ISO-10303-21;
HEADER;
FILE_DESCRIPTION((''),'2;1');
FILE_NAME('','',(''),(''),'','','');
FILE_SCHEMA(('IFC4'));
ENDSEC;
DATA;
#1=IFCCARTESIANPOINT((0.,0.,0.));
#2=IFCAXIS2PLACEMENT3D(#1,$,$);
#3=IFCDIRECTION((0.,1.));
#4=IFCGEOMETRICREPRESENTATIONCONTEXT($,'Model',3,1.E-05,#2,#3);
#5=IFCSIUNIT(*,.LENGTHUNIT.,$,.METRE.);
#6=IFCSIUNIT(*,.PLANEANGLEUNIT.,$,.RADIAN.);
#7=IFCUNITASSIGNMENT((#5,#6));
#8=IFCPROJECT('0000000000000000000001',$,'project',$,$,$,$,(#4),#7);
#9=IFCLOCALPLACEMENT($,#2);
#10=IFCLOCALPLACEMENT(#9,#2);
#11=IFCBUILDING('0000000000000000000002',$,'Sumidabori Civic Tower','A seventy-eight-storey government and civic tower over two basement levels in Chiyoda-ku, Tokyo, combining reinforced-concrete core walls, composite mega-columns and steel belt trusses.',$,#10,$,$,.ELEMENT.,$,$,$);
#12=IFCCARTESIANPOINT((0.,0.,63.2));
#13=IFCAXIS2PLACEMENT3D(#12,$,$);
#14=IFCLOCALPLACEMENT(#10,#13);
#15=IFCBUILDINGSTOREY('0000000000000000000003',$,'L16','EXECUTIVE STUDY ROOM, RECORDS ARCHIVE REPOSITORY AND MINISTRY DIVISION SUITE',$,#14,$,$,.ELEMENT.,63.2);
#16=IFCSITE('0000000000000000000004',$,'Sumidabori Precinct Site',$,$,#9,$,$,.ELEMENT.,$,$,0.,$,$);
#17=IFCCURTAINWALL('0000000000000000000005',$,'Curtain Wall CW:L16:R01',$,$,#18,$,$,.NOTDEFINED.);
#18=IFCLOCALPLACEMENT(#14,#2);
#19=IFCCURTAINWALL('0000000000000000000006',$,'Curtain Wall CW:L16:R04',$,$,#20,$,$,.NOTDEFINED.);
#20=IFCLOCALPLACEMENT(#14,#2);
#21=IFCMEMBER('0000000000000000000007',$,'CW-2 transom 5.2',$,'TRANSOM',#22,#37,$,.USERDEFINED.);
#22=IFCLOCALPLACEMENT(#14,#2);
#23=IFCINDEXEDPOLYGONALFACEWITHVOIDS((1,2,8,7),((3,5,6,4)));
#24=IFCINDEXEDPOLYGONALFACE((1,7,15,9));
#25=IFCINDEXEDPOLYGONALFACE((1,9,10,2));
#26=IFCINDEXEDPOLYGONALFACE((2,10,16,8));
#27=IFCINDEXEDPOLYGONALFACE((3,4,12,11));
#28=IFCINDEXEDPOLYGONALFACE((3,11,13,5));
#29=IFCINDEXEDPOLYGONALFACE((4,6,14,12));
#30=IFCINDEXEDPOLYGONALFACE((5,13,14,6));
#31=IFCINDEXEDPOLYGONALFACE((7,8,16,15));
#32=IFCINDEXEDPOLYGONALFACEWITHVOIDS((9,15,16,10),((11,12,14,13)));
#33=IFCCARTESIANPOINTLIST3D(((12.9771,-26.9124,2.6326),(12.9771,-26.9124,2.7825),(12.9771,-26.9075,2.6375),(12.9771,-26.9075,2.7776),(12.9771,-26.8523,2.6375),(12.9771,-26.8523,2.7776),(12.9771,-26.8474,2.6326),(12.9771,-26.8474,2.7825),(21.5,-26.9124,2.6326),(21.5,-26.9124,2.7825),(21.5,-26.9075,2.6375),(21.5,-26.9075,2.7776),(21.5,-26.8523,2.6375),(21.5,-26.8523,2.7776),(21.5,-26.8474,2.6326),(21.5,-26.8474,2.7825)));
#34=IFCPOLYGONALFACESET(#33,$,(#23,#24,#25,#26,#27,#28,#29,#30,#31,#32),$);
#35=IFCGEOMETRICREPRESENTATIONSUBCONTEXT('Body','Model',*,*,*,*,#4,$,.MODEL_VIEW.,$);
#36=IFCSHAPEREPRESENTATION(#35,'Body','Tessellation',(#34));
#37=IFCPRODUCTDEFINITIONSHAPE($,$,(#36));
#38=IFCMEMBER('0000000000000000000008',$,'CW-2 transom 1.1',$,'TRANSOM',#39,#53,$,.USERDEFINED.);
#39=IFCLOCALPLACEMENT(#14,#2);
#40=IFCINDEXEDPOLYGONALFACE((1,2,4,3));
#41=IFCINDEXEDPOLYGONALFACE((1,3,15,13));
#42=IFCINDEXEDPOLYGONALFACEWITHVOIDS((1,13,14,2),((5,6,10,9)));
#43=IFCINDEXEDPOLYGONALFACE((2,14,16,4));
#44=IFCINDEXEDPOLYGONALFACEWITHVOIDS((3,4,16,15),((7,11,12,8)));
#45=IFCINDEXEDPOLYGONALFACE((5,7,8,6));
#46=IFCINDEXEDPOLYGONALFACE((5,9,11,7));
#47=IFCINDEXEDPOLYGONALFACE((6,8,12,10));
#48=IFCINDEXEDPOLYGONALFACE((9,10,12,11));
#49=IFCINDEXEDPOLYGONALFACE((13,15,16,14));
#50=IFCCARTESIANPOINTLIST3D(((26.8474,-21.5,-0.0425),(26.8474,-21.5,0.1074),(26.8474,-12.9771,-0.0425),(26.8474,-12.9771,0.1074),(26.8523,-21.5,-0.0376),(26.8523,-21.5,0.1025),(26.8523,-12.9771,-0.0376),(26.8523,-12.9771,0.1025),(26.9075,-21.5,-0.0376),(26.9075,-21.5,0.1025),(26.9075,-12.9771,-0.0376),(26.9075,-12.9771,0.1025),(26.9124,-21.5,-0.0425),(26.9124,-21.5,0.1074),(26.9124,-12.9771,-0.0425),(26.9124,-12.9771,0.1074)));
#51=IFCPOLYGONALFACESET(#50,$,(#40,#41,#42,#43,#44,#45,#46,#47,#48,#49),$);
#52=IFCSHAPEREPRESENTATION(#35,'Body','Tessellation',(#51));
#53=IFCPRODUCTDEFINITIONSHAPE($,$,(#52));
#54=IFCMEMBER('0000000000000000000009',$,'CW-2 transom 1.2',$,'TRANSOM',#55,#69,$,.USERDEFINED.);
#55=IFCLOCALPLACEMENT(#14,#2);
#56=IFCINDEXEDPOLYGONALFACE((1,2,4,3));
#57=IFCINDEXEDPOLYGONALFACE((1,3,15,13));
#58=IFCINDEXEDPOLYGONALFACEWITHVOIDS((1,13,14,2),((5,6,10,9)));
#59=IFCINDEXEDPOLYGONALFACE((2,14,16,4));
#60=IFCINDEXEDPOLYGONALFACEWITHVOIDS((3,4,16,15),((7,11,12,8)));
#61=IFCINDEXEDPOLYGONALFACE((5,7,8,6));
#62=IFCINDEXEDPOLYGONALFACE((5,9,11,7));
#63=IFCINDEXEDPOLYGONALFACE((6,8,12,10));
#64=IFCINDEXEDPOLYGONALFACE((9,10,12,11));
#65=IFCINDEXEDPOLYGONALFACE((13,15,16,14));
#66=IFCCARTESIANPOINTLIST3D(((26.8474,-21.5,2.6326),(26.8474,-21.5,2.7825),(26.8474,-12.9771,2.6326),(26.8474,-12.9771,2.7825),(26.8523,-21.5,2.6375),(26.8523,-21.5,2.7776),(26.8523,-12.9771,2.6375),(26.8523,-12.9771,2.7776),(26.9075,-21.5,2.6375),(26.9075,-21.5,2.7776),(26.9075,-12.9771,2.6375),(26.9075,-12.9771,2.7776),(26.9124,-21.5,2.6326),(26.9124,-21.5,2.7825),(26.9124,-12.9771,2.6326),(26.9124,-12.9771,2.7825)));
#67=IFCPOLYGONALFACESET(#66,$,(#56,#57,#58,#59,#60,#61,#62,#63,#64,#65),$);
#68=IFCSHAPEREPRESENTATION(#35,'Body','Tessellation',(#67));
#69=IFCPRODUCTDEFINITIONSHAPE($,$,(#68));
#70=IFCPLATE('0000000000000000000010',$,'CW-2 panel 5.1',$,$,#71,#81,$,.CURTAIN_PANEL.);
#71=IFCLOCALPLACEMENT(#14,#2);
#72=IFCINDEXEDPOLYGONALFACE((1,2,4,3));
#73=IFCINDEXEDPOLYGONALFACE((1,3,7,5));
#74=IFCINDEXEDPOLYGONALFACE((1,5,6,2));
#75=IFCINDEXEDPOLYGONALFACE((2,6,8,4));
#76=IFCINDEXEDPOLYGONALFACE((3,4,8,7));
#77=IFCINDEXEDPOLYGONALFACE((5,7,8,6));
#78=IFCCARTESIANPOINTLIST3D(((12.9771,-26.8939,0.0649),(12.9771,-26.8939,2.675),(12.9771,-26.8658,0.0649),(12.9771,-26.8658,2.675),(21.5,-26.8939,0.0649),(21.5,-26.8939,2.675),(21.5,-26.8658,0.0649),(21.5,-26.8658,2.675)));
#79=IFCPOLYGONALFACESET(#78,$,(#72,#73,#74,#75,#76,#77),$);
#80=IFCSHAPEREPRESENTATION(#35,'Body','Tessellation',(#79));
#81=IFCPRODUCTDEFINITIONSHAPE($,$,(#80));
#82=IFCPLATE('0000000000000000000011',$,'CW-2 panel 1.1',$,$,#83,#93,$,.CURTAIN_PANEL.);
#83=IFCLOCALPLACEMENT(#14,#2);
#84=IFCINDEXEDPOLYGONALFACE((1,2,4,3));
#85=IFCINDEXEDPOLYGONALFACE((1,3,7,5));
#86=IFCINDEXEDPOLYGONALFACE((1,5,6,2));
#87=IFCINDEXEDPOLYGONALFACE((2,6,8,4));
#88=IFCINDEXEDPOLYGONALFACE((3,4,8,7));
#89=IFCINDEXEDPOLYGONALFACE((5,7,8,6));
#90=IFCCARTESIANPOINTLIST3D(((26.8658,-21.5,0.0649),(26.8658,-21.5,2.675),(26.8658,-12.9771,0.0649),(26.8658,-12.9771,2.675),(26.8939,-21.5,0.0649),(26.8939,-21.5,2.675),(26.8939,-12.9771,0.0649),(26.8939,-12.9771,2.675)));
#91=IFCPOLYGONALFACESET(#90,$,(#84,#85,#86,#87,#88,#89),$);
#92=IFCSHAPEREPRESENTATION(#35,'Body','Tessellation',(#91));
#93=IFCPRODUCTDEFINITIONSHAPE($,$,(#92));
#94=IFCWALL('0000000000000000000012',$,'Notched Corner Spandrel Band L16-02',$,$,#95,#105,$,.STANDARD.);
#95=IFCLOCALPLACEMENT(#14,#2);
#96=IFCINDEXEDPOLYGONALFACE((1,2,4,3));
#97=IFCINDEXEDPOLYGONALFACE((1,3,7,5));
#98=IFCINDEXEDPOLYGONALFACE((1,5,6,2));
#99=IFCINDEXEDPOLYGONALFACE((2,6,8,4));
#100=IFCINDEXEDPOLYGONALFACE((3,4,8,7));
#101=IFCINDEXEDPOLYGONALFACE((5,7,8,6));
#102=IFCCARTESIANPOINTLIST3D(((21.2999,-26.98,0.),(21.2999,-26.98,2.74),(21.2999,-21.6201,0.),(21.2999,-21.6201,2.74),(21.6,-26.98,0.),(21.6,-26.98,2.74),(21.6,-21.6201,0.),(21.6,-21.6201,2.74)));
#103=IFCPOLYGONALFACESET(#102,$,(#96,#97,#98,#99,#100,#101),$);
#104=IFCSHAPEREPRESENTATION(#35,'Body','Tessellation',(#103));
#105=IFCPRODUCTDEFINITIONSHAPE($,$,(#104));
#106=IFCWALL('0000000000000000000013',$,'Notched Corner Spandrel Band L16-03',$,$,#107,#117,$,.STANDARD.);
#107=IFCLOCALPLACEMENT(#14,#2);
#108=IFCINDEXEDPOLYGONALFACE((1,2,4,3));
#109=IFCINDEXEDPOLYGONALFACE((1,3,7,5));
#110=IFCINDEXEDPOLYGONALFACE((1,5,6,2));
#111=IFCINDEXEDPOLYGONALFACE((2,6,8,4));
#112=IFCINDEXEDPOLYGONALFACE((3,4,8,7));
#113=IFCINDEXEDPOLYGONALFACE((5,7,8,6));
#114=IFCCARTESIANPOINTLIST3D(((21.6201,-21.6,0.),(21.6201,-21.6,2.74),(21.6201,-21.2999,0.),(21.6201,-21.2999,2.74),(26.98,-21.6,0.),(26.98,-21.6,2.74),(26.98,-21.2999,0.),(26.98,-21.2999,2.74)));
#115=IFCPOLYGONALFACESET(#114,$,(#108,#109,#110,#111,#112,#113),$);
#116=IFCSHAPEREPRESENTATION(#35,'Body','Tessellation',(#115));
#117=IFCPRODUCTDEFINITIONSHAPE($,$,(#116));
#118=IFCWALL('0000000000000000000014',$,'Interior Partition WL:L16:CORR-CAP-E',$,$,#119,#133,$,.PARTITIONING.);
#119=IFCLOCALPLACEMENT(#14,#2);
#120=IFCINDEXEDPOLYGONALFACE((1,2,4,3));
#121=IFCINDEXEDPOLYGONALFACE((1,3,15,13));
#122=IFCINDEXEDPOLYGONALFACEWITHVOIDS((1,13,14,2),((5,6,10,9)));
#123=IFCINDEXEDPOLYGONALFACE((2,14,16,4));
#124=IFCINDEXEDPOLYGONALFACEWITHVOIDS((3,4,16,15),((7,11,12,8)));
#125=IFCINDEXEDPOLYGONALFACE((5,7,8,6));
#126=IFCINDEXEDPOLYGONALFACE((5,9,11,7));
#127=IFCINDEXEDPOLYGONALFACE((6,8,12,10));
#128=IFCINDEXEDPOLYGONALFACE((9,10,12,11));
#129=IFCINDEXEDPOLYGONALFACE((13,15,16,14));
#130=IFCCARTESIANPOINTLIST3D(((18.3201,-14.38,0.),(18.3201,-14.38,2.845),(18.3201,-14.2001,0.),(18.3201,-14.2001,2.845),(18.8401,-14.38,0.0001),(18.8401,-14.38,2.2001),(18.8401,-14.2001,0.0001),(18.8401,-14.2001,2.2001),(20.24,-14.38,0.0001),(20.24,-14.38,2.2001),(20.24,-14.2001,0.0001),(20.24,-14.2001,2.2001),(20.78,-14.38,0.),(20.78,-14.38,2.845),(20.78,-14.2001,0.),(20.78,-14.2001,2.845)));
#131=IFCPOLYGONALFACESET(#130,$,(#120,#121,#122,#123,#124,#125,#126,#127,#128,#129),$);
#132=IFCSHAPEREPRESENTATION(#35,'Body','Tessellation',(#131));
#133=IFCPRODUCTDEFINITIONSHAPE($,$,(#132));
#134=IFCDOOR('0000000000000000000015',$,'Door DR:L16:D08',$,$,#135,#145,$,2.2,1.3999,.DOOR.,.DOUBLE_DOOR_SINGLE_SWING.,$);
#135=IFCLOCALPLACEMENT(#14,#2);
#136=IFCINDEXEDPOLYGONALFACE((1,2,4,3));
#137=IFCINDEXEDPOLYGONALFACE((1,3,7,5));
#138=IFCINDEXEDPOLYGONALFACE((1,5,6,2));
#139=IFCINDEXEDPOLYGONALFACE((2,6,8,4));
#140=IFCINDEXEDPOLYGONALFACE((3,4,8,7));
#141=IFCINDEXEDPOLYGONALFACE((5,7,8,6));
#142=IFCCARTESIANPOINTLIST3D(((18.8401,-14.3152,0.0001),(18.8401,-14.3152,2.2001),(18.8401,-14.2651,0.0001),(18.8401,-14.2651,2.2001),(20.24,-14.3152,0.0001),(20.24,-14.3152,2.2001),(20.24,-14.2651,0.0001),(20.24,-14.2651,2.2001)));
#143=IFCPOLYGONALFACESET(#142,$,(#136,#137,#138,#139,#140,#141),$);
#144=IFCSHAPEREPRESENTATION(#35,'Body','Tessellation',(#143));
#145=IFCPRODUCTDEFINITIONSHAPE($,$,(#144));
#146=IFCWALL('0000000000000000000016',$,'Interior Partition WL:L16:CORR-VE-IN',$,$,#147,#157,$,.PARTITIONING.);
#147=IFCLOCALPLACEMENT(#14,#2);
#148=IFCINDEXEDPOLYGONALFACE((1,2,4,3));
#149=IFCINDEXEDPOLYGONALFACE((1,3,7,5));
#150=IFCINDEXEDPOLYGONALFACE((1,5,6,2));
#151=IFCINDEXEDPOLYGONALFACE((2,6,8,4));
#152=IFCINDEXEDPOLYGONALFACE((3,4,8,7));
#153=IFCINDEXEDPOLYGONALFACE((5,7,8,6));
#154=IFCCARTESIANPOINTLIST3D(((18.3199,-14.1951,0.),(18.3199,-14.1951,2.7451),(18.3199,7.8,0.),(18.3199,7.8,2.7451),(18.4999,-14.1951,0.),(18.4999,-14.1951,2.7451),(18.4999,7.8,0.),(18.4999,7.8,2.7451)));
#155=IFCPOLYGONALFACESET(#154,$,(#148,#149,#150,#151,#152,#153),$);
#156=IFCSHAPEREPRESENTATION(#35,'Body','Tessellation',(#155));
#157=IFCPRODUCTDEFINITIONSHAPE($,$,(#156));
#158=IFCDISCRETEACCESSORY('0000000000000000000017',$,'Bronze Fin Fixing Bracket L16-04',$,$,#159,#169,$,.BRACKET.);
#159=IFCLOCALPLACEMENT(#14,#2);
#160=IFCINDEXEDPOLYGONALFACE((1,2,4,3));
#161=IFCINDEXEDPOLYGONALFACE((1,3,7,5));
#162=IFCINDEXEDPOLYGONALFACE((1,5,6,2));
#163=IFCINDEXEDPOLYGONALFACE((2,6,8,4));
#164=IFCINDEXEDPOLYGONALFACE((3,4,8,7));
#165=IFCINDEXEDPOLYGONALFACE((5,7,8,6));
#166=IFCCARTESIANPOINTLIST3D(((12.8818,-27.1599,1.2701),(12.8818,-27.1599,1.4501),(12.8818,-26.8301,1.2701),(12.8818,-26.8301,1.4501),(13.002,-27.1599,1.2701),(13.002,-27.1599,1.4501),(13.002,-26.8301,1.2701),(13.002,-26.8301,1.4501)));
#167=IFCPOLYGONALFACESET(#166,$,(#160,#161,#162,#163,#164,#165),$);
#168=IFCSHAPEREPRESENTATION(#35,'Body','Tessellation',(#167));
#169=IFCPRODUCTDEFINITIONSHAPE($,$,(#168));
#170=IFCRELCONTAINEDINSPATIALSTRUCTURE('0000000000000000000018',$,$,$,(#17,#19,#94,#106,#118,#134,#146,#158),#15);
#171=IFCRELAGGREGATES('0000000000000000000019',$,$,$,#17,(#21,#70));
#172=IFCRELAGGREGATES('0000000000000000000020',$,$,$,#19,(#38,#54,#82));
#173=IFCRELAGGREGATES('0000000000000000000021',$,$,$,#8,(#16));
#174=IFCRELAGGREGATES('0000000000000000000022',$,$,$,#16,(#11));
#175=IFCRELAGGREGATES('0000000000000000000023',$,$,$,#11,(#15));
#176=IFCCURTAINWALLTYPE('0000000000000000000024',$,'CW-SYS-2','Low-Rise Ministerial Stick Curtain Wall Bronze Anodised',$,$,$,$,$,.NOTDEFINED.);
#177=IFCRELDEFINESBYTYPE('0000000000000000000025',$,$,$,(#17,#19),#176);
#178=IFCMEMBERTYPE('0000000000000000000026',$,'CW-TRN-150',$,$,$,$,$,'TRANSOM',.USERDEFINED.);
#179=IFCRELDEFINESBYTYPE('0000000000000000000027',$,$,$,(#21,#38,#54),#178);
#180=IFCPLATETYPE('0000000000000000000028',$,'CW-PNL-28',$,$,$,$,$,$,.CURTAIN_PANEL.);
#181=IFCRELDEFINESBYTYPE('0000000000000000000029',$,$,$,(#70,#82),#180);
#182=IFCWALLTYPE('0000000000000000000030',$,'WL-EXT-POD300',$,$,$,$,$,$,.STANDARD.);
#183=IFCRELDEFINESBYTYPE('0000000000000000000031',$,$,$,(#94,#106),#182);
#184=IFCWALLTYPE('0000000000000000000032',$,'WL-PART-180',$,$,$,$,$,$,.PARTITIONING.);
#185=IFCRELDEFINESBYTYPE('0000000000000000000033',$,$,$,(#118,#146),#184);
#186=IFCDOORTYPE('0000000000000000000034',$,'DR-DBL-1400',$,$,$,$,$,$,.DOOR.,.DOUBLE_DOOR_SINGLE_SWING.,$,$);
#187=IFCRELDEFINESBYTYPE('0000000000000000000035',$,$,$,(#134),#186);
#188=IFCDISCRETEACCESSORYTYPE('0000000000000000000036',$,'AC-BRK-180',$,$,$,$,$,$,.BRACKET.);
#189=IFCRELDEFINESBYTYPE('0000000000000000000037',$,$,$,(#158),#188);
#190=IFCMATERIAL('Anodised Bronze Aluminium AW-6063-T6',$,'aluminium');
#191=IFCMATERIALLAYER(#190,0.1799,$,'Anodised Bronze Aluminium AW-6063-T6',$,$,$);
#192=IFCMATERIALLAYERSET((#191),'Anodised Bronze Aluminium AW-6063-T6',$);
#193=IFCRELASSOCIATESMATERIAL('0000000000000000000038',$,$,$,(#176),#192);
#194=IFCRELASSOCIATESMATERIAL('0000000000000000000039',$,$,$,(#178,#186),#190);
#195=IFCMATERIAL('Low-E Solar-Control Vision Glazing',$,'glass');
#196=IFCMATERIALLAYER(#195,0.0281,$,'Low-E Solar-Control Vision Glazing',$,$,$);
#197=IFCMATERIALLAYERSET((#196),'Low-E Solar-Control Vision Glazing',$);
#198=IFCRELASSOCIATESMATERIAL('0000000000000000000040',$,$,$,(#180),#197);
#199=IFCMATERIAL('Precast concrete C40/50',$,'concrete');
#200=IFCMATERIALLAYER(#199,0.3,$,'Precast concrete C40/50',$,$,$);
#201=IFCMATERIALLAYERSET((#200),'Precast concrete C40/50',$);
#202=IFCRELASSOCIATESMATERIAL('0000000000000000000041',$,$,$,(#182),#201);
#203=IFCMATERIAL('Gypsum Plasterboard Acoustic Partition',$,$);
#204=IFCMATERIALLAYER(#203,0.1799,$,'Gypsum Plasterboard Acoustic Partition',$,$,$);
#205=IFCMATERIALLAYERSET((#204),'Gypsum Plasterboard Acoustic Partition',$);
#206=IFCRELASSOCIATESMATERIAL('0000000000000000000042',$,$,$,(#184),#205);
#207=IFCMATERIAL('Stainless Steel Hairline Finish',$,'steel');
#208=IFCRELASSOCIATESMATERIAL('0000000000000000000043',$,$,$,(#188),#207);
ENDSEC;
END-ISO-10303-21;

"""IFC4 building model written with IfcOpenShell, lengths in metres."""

from ifc_helpers import new_model, si_unit, direction, frame, frame_2d, origin, origin_2d, place, context, subcontext, project, spatial, rectangle, hollow_rectangle, extrude, source, transform, mapped, material, layer, layer_set, material_profile, profile_set, type_object, element, fill, aggregate, save


model = new_model("IFC4")

# Units and contexts
model_context = context("Model", 3, precision=1e-05, world=origin(), true_north=direction((0.0, 1.0)))
body_context = subcontext(model_context, "Body", "Model", "MODEL_VIEW")
ifc_project = project(units=[si_unit("LENGTHUNIT", "METRE"), si_unit("PLANEANGLEUNIT", "RADIAN")], contexts=[model_context])

# Site, building, storey
site_placement = place(None, origin())
site = spatial("IfcSite", under=ifc_project, at=site_placement, Name="Sumidabori Precinct Site", CompositionType="ELEMENT", RefElevation=0.0)
building_placement = place(site_placement, origin())
building = spatial("IfcBuilding", under=site, at=building_placement, Name="Sumidabori Civic Tower", Description="A seventy-eight-storey government and civic tower over two basement levels in Chiyoda-ku, Tokyo, combining reinforced-concrete core walls, composite mega-columns and steel belt trusses.", CompositionType="ELEMENT")
storey_placement = place(building_placement, frame((0.0, 0.0, 63.2)))
storey = spatial("IfcBuildingStorey", under=building, at=storey_placement, Name="L16", Description="EXECUTIVE STUDY ROOM, RECORDS ARCHIVE REPOSITORY AND MINISTRY DIVISION SUITE", CompositionType="ELEMENT", Elevation=63.2)

# Curtain walls
ifc_material_1 = material(Name="Anodised Bronze Aluminium AW-6063-T6", Category="aluminium")
ifc_layer_1 = layer(ifc_material_1, 0.1799, Name="Anodised Bronze Aluminium AW-6063-T6")
ifc_layer_set_1 = layer_set([ifc_layer_1], Name="Anodised Bronze Aluminium AW-6063-T6")
curtain_wall_type = type_object("IfcCurtainWallType", Name="CW-SYS-2", Description="Low-Rise Ministerial Stick Curtain Wall Bronze Anodised", PredefinedType="NOTDEFINED", material=ifc_layer_set_1)
curtain_wall_1_placement = place(storey_placement, origin())
curtain_wall_1 = element("IfcCurtainWall", 1, at=curtain_wall_1_placement, inside=storey, type_object=curtain_wall_type, Name="Curtain Wall CW:L16:R01", PredefinedType="NOTDEFINED")
curtain_wall_2_placement = place(storey_placement, origin())
curtain_wall_2 = element("IfcCurtainWall", 2, at=curtain_wall_2_placement, inside=storey, type_object=curtain_wall_type, Name="Curtain Wall CW:L16:R04", PredefinedType="NOTDEFINED")

# Members
ifc_material_profile_1 = material_profile(ifc_material_1, hollow_rectangle(XDim=0.0649, YDim=0.1499, WallThickness=0.0049, at=origin_2d()), Name="ALU TRANSOM 150x65")
ifc_profile_set_1 = profile_set([ifc_material_profile_1], Name="Anodised Bronze Aluminium AW-6063-T6")
member_type_1 = type_object("IfcMemberType", Name="CW-TRN-150", ElementType="TRANSOM", PredefinedType="USERDEFINED", material=ifc_profile_set_1)
shared_shape_1 = source(origin(), body_context, "Body", "SweptSolid", [
    extrude(hollow_rectangle(XDim=0.0649, YDim=0.1499, WallThickness=0.0049, at=origin_2d()), origin(), (0.0, 0.0, 1.0), 8.5229),
])
member_1_placement = place(storey_placement, frame((12.9771, -26.8799, 2.7075), z_axis=(1.0, 0.0, 0.0), x_axis=(0.0, 1.0, 0.0)))
member_1 = element("IfcMember", 3, at=member_1_placement, type_object=member_type_1, Name="CW-2 transom 5.2", ObjectType="TRANSOM", PredefinedType="USERDEFINED", context=body_context, shape_type="MappedRepresentation", body=[
    mapped(shared_shape_1, transform((0.0, 0.0, 0.0), x_axis=(1.0, 0.0, 0.0), y_axis=(0.0, 1.0, 0.0), z_axis=(0.0, 0.0, 1.0), scale=1.0)),
])
member_2_placement = place(storey_placement, frame((26.8799, -21.5, 0.0325), z_axis=(0.0, 1.0, 0.0), x_axis=(-1.0, 0.0, 0.0)))
member_2 = element("IfcMember", 4, at=member_2_placement, type_object=member_type_1, Name="CW-2 transom 1.1", ObjectType="TRANSOM", PredefinedType="USERDEFINED", context=body_context, shape_type="MappedRepresentation", body=[
    mapped(shared_shape_1, transform((0.0, 0.0, 0.0), x_axis=(1.0, 0.0, 0.0), y_axis=(0.0, 1.0, 0.0), z_axis=(0.0, 0.0, 1.0), scale=1.0)),
])
member_3_placement = place(storey_placement, frame((26.8799, -21.5, 2.7075), z_axis=(0.0, 1.0, 0.0), x_axis=(-1.0, 0.0, 0.0)))
member_3 = element("IfcMember", 5, at=member_3_placement, type_object=member_type_1, Name="CW-2 transom 1.2", ObjectType="TRANSOM", PredefinedType="USERDEFINED", context=body_context, shape_type="MappedRepresentation", body=[
    mapped(shared_shape_1, transform((0.0, 0.0, 0.0), x_axis=(1.0, 0.0, 0.0), y_axis=(0.0, 1.0, 0.0), z_axis=(0.0, 0.0, 1.0), scale=1.0)),
])

# Plates
ifc_material_2 = material(Name="Low-E Solar-Control Vision Glazing", Category="glass")
ifc_layer_2 = layer(ifc_material_2, 0.0281, Name="Low-E Solar-Control Vision Glazing")
ifc_layer_set_2 = layer_set([ifc_layer_2], Name="Low-E Solar-Control Vision Glazing")
plate_type = type_object("IfcPlateType", Name="CW-PNL-28", PredefinedType="CURTAIN_PANEL", material=ifc_layer_set_2)
shared_shape_2 = source(origin(), body_context, "Body", "SweptSolid", [
    extrude(rectangle(XDim=8.5229, YDim=0.0281, at=origin_2d()), origin(), (0.0, 0.0, 1.0), 2.6101),
])
plate_1_placement = place(storey_placement, frame((17.2385, -26.8799, 0.0649), z_axis=(0.0, 0.0, 1.0), x_axis=(1.0, 0.0, 0.0)))
plate_1 = element("IfcPlate", 6, at=plate_1_placement, type_object=plate_type, Name="CW-2 panel 5.1", PredefinedType="CURTAIN_PANEL", context=body_context, shape_type="MappedRepresentation", body=[
    mapped(shared_shape_2, transform((0.0, 0.0, 0.0), x_axis=(1.0, 0.0, 0.0), y_axis=(0.0, 1.0, 0.0), z_axis=(0.0, 0.0, 1.0), scale=1.0)),
])
aggregate(curtain_wall_1, [member_1, plate_1])
plate_2_placement = place(storey_placement, frame((26.8799, -17.2385, 0.0649), z_axis=(0.0, 0.0, 1.0), x_axis=(0.0, 1.0, 0.0)))
plate_2 = element("IfcPlate", 7, at=plate_2_placement, type_object=plate_type, Name="CW-2 panel 1.1", PredefinedType="CURTAIN_PANEL", context=body_context, shape_type="MappedRepresentation", body=[
    mapped(shared_shape_2, transform((0.0, 0.0, 0.0), x_axis=(1.0, 0.0, 0.0), y_axis=(0.0, 1.0, 0.0), z_axis=(0.0, 0.0, 1.0), scale=1.0)),
])
aggregate(curtain_wall_2, [member_2, member_3, plate_2])

# Walls
ifc_material_3 = material(Name="Precast concrete C40/50", Category="concrete")
ifc_layer_3 = layer(ifc_material_3, 0.3, Name="Precast concrete C40/50")
ifc_layer_set_3 = layer_set([ifc_layer_3], Name="Precast concrete C40/50")
wall_type_1 = type_object("IfcWallType", Name="WL-EXT-POD300", PredefinedType="STANDARD", material=ifc_layer_set_3)
shared_shape_3 = source(origin(), body_context, "Body", "SweptSolid", [
    extrude(rectangle(XDim=5.3599, YDim=0.3, at=frame_2d((2.6799, 0.0))), origin(), (0.0, 0.0, 1.0), 2.74),
])
for number, where, z_axis, x_axis, name in (
    (8, (21.45, -26.98, 0.0), (0.0, 0.0, 1.0), (0.0, 1.0, 0.0), "Notched Corner Spandrel Band L16-02"),
    (9, (21.6201, -21.45, 0.0), (0.0, 0.0, 1.0), (1.0, 0.0, 0.0), "Notched Corner Spandrel Band L16-03"),
):
    element("IfcWall", number, at=place(storey_placement, frame(where, z_axis=z_axis, x_axis=x_axis)), inside=storey, type_object=wall_type_1, Name=name, PredefinedType="STANDARD", context=body_context, shape_type="MappedRepresentation", body=[
        mapped(shared_shape_3, transform((0.0, 0.0, 0.0), x_axis=(1.0, 0.0, 0.0), y_axis=(0.0, 1.0, 0.0), z_axis=(0.0, 0.0, 1.0), scale=1.0)),
    ])

# Wall, opening, door
ifc_material_4 = material(Name="Gypsum Plasterboard Acoustic Partition")
ifc_layer_4 = layer(ifc_material_4, 0.1799, Name="Gypsum Plasterboard Acoustic Partition")
ifc_layer_set_4 = layer_set([ifc_layer_4], Name="Gypsum Plasterboard Acoustic Partition")
wall_type_2 = type_object("IfcWallType", Name="WL-PART-180", PredefinedType="PARTITIONING", material=ifc_layer_set_4)
shared_shape_4 = source(origin(), body_context, "Body", "SweptSolid", [
    extrude(rectangle(XDim=2.46, YDim=0.1799, at=frame_2d((1.23, 0.0))), origin(), (0.0, 0.0, 1.0), 2.845),
])
wall_1_placement = place(storey_placement, frame((18.3201, -14.29, 0.0), z_axis=(0.0, 0.0, 1.0), x_axis=(1.0, 0.0, 0.0)))
wall_1 = element("IfcWall", 10, at=wall_1_placement, inside=storey, type_object=wall_type_2, Name="Interior Partition WL:L16:CORR-CAP-E", PredefinedType="PARTITIONING", context=body_context, shape_type="MappedRepresentation", body=[
    mapped(shared_shape_4, transform((0.0, 0.0, 0.0), x_axis=(1.0, 0.0, 0.0), y_axis=(0.0, 1.0, 0.0), z_axis=(0.0, 0.0, 1.0), scale=1.0)),
])
opening_placement = place(wall_1_placement, frame((0.52, 0.0, 0.0)))
opening = element("IfcOpeningElement", 11, at=opening_placement, cuts=wall_1, PredefinedType="OPENING", context=body_context, shape_type="SweptSolid", body=[
    extrude(rectangle(XDim=1.3999, YDim=2.2, at=frame_2d((0.7, 1.1001))), frame((0.0, 0.1021, 0.0), z_axis=(0.0, -1.0, 0.0), x_axis=(1.0, 0.0, 0.0)), (0.0, 0.0, 1.0), 0.2039),
])
door_type = type_object("IfcDoorType", Name="DR-DBL-1400", OperationType="DOUBLE_DOOR_SINGLE_SWING", PredefinedType="DOOR", material=ifc_material_1)
shared_shape_5 = source(origin(), body_context, "Body", "SweptSolid", [
    extrude(rectangle(XDim=1.3999, YDim=2.2, at=frame_2d((0.7, 1.1001))), frame((0.0, 0.0249, 0.0), z_axis=(0.0, -1.0, 0.0), x_axis=(1.0, 0.0, 0.0)), (0.0, 0.0, 1.0), 0.05),
])
door_placement = place(opening_placement, origin())
door = element("IfcDoor", 12, at=door_placement, inside=storey, type_object=door_type, Name="Door DR:L16:D08", OperationType="DOUBLE_DOOR_SINGLE_SWING", OverallHeight=2.2, OverallWidth=1.3999, PredefinedType="DOOR", context=body_context, shape_type="MappedRepresentation", body=[
    mapped(shared_shape_5, transform((0.0, 0.0, 0.0), x_axis=(1.0, 0.0, 0.0), y_axis=(0.0, 1.0, 0.0), z_axis=(0.0, 0.0, 1.0), scale=1.0)),
])
fill(opening, door)

# Wall
shared_shape_6 = source(origin(), body_context, "Body", "SweptSolid", [
    extrude(rectangle(XDim=21.9951, YDim=0.1799, at=frame_2d((10.9976, 0.0))), origin(), (0.0, 0.0, 1.0), 2.7451),
])
wall_2_placement = place(storey_placement, frame((18.4099, -14.1951, 0.0), z_axis=(0.0, 0.0, 1.0), x_axis=(0.0, 1.0, 0.0)))
element("IfcWall", 13, at=wall_2_placement, inside=storey, type_object=wall_type_2, Name="Interior Partition WL:L16:CORR-VE-IN", PredefinedType="PARTITIONING", context=body_context, shape_type="MappedRepresentation", body=[
    mapped(shared_shape_6, transform((0.0, 0.0, 0.0), x_axis=(1.0, 0.0, 0.0), y_axis=(0.0, 1.0, 0.0), z_axis=(0.0, 0.0, 1.0), scale=1.0)),
])

# Discrete accessory
ifc_material_5 = material(Name="Stainless Steel Hairline Finish", Category="steel")
ifc_material_profile_2 = material_profile(ifc_material_5, rectangle(XDim=0.1201, YDim=0.1799, at=origin_2d()), Name="STEEL BRACKET 180x120")
ifc_profile_set_2 = profile_set([ifc_material_profile_2], Name="Stainless Steel Hairline Finish")
discrete_accessory_type = type_object("IfcDiscreteAccessoryType", Name="AC-BRK-180", PredefinedType="BRACKET", material=ifc_profile_set_2)
shared_shape_7 = source(origin(), body_context, "Body", "SweptSolid", [
    extrude(rectangle(XDim=0.1201, YDim=0.1799, at=origin_2d()), origin(), (0.0, 0.0, 1.0), 0.3298),
])
discrete_accessory_placement = place(storey_placement, frame((12.9419, -26.8301, 1.3601), z_axis=(0.0, -1.0, 0.0), x_axis=(1.0, 0.0, 0.0)))
element("IfcDiscreteAccessory", 14, at=discrete_accessory_placement, inside=storey, type_object=discrete_accessory_type, Name="Bronze Fin Fixing Bracket L16-04", PredefinedType="BRACKET", context=body_context, shape_type="MappedRepresentation", body=[
    mapped(shared_shape_7, transform((0.0, 0.0, 0.0), x_axis=(1.0, 0.0, 0.0), y_axis=(0.0, 1.0, 0.0), z_axis=(0.0, 0.0, 1.0), scale=1.0)),
])

save(model, "model.ifc")
